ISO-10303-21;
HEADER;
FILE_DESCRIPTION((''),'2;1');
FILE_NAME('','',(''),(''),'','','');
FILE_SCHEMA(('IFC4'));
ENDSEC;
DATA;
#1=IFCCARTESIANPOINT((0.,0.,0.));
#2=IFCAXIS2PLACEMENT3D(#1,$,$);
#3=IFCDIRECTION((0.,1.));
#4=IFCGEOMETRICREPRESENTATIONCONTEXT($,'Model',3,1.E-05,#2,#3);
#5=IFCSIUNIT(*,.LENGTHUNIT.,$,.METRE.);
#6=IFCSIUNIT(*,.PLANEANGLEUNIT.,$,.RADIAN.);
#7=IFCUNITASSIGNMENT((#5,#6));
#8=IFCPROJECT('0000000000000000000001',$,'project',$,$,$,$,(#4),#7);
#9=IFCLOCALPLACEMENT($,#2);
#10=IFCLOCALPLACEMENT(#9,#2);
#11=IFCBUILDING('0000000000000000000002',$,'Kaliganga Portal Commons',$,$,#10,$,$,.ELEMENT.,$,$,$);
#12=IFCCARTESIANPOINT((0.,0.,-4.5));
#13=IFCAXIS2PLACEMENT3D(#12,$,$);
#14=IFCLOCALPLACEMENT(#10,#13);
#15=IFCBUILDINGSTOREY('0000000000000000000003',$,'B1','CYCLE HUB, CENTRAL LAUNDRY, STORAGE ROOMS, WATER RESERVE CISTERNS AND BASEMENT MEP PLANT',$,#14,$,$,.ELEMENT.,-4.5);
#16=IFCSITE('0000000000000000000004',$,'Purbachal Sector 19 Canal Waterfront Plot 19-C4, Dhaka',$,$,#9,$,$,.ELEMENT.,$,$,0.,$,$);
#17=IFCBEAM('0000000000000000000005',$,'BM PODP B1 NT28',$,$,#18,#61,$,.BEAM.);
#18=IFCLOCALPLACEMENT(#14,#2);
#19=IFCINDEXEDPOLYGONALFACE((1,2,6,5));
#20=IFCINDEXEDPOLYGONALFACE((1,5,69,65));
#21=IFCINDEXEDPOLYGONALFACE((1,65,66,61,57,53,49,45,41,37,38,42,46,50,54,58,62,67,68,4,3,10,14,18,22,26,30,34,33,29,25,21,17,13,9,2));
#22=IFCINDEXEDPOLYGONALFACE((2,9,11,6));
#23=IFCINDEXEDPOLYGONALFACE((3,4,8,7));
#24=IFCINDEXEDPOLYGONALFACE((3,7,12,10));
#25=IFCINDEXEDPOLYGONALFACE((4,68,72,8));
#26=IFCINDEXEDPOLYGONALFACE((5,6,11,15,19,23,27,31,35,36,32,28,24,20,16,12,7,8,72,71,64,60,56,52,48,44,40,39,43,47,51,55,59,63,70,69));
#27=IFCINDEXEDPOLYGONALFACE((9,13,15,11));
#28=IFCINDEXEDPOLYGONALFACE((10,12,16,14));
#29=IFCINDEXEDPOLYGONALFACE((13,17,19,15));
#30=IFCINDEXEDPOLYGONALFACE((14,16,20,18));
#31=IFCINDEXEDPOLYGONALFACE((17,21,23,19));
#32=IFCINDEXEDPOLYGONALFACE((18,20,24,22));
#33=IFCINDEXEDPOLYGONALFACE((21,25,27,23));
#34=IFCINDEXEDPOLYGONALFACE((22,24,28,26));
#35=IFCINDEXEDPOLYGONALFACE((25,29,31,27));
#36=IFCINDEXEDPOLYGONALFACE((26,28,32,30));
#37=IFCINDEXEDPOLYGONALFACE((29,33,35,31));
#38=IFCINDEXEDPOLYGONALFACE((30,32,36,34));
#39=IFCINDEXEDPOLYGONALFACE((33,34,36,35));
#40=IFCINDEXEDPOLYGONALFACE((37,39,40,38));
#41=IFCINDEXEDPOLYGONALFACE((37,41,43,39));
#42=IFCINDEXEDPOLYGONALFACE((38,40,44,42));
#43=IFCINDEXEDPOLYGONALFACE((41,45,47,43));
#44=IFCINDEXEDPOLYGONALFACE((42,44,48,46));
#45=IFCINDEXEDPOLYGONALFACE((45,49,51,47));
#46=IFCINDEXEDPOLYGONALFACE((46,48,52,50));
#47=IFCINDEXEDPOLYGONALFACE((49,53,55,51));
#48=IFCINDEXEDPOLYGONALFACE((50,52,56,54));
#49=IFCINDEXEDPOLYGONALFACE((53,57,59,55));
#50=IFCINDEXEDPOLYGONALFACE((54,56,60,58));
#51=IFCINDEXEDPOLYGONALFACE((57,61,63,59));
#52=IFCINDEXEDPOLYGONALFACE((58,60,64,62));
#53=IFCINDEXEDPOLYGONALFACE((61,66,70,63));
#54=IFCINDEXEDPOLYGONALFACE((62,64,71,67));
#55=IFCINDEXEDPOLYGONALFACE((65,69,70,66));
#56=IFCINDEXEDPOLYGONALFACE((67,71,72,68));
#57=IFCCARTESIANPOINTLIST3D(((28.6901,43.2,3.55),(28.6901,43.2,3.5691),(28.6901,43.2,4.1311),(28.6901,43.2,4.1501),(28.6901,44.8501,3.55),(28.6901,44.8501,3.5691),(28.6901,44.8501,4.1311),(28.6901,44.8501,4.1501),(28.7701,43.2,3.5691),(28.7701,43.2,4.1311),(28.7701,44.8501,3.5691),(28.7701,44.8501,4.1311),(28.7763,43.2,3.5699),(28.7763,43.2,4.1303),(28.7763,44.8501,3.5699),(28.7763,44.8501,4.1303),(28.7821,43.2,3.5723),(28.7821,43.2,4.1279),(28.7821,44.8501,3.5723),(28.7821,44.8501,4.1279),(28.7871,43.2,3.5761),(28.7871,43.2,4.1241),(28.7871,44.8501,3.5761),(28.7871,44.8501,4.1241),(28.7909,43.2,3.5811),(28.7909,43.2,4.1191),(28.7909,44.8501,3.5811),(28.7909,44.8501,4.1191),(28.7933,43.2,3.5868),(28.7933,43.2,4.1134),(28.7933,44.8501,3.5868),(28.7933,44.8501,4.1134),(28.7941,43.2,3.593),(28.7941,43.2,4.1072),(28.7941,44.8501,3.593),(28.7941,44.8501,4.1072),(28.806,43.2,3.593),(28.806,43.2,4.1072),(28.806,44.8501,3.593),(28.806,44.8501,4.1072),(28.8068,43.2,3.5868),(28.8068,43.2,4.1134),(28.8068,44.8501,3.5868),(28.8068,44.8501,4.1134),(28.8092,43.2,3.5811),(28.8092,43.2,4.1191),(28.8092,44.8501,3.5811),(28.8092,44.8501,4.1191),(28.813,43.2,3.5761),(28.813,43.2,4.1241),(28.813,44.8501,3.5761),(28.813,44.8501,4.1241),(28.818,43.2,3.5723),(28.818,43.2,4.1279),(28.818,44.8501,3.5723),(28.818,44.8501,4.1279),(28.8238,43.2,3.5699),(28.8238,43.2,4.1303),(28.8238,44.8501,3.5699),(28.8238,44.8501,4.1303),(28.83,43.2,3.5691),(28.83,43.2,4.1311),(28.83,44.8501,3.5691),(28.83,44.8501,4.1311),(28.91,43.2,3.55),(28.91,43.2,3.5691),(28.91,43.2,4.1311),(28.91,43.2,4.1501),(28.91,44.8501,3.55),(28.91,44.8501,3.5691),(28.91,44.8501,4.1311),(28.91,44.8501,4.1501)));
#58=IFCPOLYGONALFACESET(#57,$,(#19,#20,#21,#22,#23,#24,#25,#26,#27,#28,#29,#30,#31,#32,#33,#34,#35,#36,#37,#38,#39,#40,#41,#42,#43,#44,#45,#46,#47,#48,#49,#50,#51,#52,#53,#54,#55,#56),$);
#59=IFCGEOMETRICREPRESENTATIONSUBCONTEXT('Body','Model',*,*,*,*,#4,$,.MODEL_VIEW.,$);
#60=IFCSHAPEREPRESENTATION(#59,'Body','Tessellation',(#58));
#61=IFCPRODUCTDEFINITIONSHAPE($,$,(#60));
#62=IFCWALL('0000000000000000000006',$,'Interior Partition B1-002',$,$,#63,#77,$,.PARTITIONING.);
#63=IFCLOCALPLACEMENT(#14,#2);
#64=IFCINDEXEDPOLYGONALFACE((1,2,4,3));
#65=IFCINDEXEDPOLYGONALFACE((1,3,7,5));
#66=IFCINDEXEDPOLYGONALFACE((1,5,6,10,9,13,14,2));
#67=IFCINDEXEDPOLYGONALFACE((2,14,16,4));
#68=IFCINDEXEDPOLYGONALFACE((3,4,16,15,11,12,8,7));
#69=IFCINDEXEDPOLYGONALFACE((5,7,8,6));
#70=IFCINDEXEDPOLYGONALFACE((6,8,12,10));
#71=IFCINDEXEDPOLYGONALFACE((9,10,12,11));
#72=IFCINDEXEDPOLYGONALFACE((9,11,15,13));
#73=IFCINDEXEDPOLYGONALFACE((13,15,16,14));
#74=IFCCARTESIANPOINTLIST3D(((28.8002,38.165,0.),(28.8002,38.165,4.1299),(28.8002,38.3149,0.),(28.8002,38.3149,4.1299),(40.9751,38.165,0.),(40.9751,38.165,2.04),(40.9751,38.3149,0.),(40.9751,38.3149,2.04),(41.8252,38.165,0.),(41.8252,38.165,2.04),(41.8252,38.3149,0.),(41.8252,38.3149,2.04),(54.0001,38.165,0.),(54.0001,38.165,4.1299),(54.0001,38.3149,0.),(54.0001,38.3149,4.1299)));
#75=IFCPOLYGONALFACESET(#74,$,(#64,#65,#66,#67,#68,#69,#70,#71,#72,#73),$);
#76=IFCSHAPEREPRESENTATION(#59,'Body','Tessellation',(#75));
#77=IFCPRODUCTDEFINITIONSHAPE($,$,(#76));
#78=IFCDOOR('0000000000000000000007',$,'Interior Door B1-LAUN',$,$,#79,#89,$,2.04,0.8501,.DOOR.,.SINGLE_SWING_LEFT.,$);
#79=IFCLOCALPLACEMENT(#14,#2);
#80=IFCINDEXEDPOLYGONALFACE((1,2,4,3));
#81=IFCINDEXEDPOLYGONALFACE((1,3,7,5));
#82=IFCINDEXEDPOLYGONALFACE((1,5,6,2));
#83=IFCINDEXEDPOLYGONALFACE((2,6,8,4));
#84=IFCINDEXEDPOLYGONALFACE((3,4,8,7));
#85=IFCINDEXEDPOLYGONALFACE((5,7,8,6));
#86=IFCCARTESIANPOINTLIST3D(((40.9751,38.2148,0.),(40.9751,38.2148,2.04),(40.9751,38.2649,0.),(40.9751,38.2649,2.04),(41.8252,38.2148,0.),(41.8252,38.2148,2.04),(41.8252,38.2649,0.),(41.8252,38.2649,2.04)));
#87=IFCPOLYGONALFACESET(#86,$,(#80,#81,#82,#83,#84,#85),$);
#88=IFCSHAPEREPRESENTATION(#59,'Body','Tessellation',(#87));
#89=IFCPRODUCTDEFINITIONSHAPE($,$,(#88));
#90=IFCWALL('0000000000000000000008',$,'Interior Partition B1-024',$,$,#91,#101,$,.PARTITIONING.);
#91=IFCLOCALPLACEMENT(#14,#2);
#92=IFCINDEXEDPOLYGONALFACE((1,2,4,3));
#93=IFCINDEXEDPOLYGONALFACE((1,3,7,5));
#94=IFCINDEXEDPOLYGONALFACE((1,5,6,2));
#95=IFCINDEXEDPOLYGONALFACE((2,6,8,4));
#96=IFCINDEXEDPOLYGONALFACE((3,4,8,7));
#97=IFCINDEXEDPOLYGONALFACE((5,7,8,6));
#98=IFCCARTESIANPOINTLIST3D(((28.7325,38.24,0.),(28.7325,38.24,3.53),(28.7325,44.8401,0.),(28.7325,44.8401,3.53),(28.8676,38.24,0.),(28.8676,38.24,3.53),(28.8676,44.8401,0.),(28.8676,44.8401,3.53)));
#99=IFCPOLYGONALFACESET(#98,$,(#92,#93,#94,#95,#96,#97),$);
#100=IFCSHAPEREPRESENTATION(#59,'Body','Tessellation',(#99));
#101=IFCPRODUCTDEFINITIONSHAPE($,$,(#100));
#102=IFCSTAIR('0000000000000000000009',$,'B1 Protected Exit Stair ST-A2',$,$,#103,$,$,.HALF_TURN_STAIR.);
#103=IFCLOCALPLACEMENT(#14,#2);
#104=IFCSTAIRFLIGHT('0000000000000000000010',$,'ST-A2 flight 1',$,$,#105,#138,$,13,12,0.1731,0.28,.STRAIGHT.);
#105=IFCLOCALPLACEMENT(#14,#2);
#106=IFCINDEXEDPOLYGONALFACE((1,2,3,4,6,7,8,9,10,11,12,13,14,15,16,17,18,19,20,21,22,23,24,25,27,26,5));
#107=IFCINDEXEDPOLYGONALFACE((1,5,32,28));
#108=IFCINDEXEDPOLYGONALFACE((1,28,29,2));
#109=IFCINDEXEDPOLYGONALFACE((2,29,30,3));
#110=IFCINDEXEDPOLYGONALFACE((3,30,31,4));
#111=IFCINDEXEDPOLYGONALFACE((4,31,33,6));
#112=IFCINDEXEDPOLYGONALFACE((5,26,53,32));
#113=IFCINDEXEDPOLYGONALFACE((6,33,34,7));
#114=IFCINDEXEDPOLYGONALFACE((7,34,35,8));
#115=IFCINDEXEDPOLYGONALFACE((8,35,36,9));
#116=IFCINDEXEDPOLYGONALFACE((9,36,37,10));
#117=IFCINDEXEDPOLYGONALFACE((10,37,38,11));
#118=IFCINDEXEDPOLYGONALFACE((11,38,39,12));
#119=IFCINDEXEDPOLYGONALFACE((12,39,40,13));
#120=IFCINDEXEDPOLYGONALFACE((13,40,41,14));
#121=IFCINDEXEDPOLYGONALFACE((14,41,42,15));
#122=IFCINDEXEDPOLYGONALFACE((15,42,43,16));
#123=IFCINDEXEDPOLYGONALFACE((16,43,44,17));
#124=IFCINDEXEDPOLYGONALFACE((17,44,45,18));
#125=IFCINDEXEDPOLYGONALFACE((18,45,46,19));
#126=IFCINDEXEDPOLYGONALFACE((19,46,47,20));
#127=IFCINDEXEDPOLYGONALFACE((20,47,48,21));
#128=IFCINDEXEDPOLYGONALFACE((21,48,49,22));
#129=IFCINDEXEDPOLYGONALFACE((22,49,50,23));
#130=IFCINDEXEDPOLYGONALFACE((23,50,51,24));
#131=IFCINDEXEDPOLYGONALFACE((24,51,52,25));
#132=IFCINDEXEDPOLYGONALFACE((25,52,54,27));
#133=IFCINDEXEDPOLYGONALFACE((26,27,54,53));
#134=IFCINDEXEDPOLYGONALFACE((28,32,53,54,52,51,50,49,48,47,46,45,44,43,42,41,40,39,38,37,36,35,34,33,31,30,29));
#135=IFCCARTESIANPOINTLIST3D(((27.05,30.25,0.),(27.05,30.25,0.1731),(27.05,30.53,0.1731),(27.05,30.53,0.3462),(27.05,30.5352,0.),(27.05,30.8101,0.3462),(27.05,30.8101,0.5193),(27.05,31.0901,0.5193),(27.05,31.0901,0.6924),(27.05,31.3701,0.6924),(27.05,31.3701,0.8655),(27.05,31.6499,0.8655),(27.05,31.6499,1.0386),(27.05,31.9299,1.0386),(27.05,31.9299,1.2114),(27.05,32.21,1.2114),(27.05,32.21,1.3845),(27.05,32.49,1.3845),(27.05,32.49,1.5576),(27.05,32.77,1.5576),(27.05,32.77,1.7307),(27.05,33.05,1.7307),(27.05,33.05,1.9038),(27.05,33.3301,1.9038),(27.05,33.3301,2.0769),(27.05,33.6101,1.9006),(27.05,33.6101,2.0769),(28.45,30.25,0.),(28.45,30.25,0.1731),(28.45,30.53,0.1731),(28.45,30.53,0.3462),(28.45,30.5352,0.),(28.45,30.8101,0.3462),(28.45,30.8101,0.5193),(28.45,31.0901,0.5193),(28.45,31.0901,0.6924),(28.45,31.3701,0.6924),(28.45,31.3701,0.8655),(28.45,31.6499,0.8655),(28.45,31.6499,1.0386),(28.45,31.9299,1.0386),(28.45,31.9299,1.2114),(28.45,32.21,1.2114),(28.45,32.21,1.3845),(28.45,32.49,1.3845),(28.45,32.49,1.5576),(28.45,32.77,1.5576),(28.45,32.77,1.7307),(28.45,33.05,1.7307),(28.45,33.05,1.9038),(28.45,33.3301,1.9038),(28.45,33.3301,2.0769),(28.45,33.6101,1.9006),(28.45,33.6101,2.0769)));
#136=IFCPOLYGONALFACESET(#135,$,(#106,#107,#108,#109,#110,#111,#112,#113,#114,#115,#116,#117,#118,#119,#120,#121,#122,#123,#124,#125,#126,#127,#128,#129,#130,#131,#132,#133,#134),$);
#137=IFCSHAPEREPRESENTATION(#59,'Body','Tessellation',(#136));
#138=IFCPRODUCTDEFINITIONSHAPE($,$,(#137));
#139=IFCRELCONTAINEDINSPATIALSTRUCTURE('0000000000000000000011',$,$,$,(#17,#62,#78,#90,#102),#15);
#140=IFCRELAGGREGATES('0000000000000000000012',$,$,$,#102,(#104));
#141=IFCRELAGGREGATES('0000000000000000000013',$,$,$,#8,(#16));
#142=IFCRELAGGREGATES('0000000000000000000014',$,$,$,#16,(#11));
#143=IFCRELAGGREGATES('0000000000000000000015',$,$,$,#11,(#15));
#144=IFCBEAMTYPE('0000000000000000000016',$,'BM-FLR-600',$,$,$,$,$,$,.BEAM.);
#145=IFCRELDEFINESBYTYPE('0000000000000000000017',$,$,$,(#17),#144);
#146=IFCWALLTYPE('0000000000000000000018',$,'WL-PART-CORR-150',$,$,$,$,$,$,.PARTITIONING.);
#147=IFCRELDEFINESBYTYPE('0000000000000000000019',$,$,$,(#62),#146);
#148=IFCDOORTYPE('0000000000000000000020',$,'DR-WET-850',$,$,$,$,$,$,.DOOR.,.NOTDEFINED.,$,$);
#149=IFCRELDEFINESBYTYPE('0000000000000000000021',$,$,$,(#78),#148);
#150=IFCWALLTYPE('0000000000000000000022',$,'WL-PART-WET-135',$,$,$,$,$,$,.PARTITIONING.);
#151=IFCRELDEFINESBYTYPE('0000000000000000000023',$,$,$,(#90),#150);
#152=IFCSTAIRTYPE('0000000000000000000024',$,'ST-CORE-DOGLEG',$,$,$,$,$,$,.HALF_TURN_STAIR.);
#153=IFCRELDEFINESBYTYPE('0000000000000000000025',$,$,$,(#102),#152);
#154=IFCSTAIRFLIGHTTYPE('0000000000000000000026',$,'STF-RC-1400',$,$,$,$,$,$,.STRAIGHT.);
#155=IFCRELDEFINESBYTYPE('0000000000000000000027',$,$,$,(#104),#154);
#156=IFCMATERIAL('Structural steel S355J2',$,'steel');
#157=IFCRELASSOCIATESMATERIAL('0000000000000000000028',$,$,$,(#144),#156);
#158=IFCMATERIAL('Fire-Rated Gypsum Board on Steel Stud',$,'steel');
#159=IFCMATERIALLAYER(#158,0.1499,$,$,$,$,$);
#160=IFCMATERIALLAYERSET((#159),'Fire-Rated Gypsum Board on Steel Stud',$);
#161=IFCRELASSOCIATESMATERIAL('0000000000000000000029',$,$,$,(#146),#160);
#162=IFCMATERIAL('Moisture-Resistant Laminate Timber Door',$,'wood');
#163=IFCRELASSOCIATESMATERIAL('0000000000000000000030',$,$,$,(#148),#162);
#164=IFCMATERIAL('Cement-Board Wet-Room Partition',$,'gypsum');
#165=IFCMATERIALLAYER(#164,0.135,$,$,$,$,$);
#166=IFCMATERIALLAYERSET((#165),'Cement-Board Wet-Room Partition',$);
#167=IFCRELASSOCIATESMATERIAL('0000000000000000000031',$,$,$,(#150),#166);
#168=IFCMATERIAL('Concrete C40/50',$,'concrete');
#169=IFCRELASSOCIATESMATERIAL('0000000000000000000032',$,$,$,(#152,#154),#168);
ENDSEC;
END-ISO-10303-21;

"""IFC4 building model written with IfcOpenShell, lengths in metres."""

from ifc_helpers import new_model, si_unit, direction, frame, frame_2d, origin, origin_2d, place, context, subcontext, project, spatial, polyline, rectangle, i_section, outline, extrude, source, transform, mapped, material, layer, layer_set, material_profile, profile_set, type_object, element, fill, aggregate, save


model = new_model("IFC4")

# Units and contexts
model_context = context("Model", 3, precision=1e-05, world=origin(), true_north=direction((0.0, 1.0)))
body_context = subcontext(model_context, "Body", "Model", "MODEL_VIEW")
ifc_project = project(units=[si_unit("LENGTHUNIT", "METRE"), si_unit("PLANEANGLEUNIT", "RADIAN")], contexts=[model_context])

# Site, building, storey
site_placement = place(None, origin())
site = spatial("IfcSite", under=ifc_project, at=site_placement, Name="Purbachal Sector 19 Canal Waterfront Plot 19-C4, Dhaka", CompositionType="ELEMENT", RefElevation=0.0)
building_placement = place(site_placement, origin())
building = spatial("IfcBuilding", under=site, at=building_placement, Name="Kaliganga Portal Commons", CompositionType="ELEMENT")
storey_placement = place(building_placement, frame((0.0, 0.0, -4.5)))
storey = spatial("IfcBuildingStorey", under=building, at=storey_placement, Name="B1", Description="CYCLE HUB, CENTRAL LAUNDRY, STORAGE ROOMS, WATER RESERVE CISTERNS AND BASEMENT MEP PLANT", CompositionType="ELEMENT", Elevation=-4.5)

# Beam
ifc_material_1 = material(Name="Structural steel S355J2", Category="steel")
ifc_material_profile_1 = material_profile(ifc_material_1, i_section(OverallWidth=0.22, OverallDepth=0.6001, WebThickness=0.012, FlangeThickness=0.019, FilletRadius=0.0239, at=origin_2d()), Name="IPE 600")
ifc_profile_set_1 = profile_set([ifc_material_profile_1], Name="Structural steel S355J2 wide-flange")
beam_type_1 = type_object("IfcBeamType", Name="BM-FLR-600", PredefinedType="BEAM", material=ifc_profile_set_1)
shared_shape_1 = source(origin(), body_context, "Body", "SweptSolid", [
    extrude(i_section(OverallWidth=0.22, OverallDepth=0.6001, WebThickness=0.012, FlangeThickness=0.019, FilletRadius=0.0239, at=origin_2d()), origin(), (0.0, 0.0, 1.0), 1.6501),
])
beam_1_placement = place(storey_placement, frame((28.8, 43.2, 3.8501), z_axis=(0.0, 1.0, 0.0), x_axis=(-1.0, 0.0, 0.0)))
element("IfcBeam", 1, at=beam_1_placement, inside=storey, type_object=beam_type_1, Name="BM PODP B1 NT28", PredefinedType="BEAM", context=body_context, shape_type="MappedRepresentation", body=[
    mapped(shared_shape_1, transform((0.0, 0.0, 0.0), x_axis=(1.0, 0.0, 0.0), y_axis=(0.0, 1.0, 0.0), z_axis=(0.0, 0.0, 1.0), scale=1.0)),
])

# Wall, opening, door
ifc_material_2 = material(Name="Fire-Rated Gypsum Board on Steel Stud", Category="steel")
ifc_layer_1 = layer(ifc_material_2, 0.1499)
ifc_layer_set_1 = layer_set([ifc_layer_1], Name="Fire-Rated Gypsum Board on Steel Stud")
wall_type_1 = type_object("IfcWallType", Name="WL-PART-CORR-150", PredefinedType="PARTITIONING", material=ifc_layer_set_1)
wall_1_placement = place(storey_placement, frame((28.8, 38.24, 0.0), z_axis=(0.0, 0.0, 1.0), x_axis=(1.0, 0.0, 0.0)))
wall_1 = element("IfcWall", 2, at=wall_1_placement, inside=storey, type_object=wall_type_1, Name="Interior Partition B1-002", PredefinedType="PARTITIONING", context=body_context, shape_type="SweptSolid", body=[
    extrude(rectangle(XDim=25.2, YDim=0.1499, at=frame_2d((12.6001, 0.0))), origin(), (0.0, 0.0, 1.0), 4.1299),
])
opening_placement = place(wall_1_placement, frame((12.175, 0.0, 0.0)))
opening = element("IfcOpeningElement", 3, at=opening_placement, cuts=wall_1, PredefinedType="OPENING", context=body_context, shape_type="SweptSolid", body=[
    extrude(rectangle(XDim=0.8501, YDim=2.04, at=frame_2d((0.425, 1.02))), frame((0.0, 0.085, 0.0), z_axis=(0.0, -1.0, 0.0), x_axis=(1.0, 0.0, 0.0)), (0.0, 0.0, 1.0), 0.1699),
])
ifc_material_3 = material(Name="Moisture-Resistant Laminate Timber Door", Category="wood")
door_type = type_object("IfcDoorType", Name="DR-WET-850", OperationType="NOTDEFINED", PredefinedType="DOOR", material=ifc_material_3)
door_placement = place(opening_placement, origin())
door = element("IfcDoor", 4, at=door_placement, inside=storey, type_object=door_type, Name="Interior Door B1-LAUN", OperationType="SINGLE_SWING_LEFT", OverallHeight=2.04, OverallWidth=0.8501, PredefinedType="DOOR", context=body_context, shape_type="SweptSolid", body=[
    extrude(rectangle(XDim=0.8501, YDim=2.04, at=frame_2d((0.425, 1.02))), frame((0.0, 0.0249, 0.0), z_axis=(0.0, -1.0, 0.0), x_axis=(1.0, 0.0, 0.0)), (0.0, 0.0, 1.0), 0.05),
])
fill(opening, door)

# Wall
ifc_material_4 = material(Name="Cement-Board Wet-Room Partition", Category="gypsum")
ifc_layer_2 = layer(ifc_material_4, 0.135)
ifc_layer_set_2 = layer_set([ifc_layer_2], Name="Cement-Board Wet-Room Partition")
wall_type_2 = type_object("IfcWallType", Name="WL-PART-WET-135", PredefinedType="PARTITIONING", material=ifc_layer_set_2)
wall_2_placement = place(storey_placement, frame((28.8, 38.24, 0.0), z_axis=(0.0, 0.0, 1.0), x_axis=(0.0, 1.0, 0.0)))
element("IfcWall", 5, at=wall_2_placement, inside=storey, type_object=wall_type_2, Name="Interior Partition B1-024", PredefinedType="PARTITIONING", context=body_context, shape_type="SweptSolid", body=[
    extrude(rectangle(XDim=6.6001, YDim=0.135, at=frame_2d((3.3, 0.0))), origin(), (0.0, 0.0, 1.0), 3.53),
])

# Stair, stair flight
ifc_material_5 = material(Name="Concrete C40/50", Category="concrete")
stair_type = type_object("IfcStairType", Name="ST-CORE-DOGLEG", PredefinedType="HALF_TURN_STAIR", material=ifc_material_5)
stair_placement = place(storey_placement, origin())
stair = element("IfcStair", 6, at=stair_placement, inside=storey, type_object=stair_type, Name="B1 Protected Exit Stair ST-A2", PredefinedType="HALF_TURN_STAIR")
stair_flight_type = type_object("IfcStairFlightType", Name="STF-RC-1400", PredefinedType="STRAIGHT", material=ifc_material_5)
stair_flight_placement = place(storey_placement, frame((27.75, 30.25, 0.0), z_axis=(0.0, 0.0, 1.0), x_axis=(0.0, 1.0, 0.0)))
stair_flight = element("IfcStairFlight", 7, at=stair_flight_placement, type_object=stair_flight_type, Name="ST-A2 flight 1", NumberOfRisers=13, NumberOfTreads=12, PredefinedType="STRAIGHT", RiserHeight=0.1731, TreadLength=0.28, context=body_context, shape_type="SweptSolid", body=[
    extrude(outline(polyline([(0.0, 0.0), (0.0, 0.1731), (0.28, 0.1731), (0.28, 0.3462), (0.5601, 0.3462), (0.5601, 0.5193), (0.8401, 0.5193), (0.8401, 0.6924), (1.1201, 0.6924), (1.1201, 0.8655), (1.3999, 0.8655), (1.3999, 1.0386), (1.6799, 1.0386), (1.6799, 1.2114), (1.96, 1.2114), (1.96, 1.3845), (2.24, 1.3845), (2.24, 1.5576), (2.52, 1.5576), (2.52, 1.7307), (2.8, 1.7307), (2.8, 1.9038), (3.0801, 1.9038), (3.0801, 2.0769), (3.3601, 2.0769), (3.3601, 2.25), (3.3601, 1.9006), (0.2852, 0.0), (0.0, 0.0)])), frame((0.0, 0.7, 0.0), z_axis=(0.0, -1.0, 0.0), x_axis=(1.0, 0.0, 0.0)), (0.0, 0.0, 1.0), 1.3999),
])
aggregate(stair, [stair_flight])

save(model, "model.ifc")
